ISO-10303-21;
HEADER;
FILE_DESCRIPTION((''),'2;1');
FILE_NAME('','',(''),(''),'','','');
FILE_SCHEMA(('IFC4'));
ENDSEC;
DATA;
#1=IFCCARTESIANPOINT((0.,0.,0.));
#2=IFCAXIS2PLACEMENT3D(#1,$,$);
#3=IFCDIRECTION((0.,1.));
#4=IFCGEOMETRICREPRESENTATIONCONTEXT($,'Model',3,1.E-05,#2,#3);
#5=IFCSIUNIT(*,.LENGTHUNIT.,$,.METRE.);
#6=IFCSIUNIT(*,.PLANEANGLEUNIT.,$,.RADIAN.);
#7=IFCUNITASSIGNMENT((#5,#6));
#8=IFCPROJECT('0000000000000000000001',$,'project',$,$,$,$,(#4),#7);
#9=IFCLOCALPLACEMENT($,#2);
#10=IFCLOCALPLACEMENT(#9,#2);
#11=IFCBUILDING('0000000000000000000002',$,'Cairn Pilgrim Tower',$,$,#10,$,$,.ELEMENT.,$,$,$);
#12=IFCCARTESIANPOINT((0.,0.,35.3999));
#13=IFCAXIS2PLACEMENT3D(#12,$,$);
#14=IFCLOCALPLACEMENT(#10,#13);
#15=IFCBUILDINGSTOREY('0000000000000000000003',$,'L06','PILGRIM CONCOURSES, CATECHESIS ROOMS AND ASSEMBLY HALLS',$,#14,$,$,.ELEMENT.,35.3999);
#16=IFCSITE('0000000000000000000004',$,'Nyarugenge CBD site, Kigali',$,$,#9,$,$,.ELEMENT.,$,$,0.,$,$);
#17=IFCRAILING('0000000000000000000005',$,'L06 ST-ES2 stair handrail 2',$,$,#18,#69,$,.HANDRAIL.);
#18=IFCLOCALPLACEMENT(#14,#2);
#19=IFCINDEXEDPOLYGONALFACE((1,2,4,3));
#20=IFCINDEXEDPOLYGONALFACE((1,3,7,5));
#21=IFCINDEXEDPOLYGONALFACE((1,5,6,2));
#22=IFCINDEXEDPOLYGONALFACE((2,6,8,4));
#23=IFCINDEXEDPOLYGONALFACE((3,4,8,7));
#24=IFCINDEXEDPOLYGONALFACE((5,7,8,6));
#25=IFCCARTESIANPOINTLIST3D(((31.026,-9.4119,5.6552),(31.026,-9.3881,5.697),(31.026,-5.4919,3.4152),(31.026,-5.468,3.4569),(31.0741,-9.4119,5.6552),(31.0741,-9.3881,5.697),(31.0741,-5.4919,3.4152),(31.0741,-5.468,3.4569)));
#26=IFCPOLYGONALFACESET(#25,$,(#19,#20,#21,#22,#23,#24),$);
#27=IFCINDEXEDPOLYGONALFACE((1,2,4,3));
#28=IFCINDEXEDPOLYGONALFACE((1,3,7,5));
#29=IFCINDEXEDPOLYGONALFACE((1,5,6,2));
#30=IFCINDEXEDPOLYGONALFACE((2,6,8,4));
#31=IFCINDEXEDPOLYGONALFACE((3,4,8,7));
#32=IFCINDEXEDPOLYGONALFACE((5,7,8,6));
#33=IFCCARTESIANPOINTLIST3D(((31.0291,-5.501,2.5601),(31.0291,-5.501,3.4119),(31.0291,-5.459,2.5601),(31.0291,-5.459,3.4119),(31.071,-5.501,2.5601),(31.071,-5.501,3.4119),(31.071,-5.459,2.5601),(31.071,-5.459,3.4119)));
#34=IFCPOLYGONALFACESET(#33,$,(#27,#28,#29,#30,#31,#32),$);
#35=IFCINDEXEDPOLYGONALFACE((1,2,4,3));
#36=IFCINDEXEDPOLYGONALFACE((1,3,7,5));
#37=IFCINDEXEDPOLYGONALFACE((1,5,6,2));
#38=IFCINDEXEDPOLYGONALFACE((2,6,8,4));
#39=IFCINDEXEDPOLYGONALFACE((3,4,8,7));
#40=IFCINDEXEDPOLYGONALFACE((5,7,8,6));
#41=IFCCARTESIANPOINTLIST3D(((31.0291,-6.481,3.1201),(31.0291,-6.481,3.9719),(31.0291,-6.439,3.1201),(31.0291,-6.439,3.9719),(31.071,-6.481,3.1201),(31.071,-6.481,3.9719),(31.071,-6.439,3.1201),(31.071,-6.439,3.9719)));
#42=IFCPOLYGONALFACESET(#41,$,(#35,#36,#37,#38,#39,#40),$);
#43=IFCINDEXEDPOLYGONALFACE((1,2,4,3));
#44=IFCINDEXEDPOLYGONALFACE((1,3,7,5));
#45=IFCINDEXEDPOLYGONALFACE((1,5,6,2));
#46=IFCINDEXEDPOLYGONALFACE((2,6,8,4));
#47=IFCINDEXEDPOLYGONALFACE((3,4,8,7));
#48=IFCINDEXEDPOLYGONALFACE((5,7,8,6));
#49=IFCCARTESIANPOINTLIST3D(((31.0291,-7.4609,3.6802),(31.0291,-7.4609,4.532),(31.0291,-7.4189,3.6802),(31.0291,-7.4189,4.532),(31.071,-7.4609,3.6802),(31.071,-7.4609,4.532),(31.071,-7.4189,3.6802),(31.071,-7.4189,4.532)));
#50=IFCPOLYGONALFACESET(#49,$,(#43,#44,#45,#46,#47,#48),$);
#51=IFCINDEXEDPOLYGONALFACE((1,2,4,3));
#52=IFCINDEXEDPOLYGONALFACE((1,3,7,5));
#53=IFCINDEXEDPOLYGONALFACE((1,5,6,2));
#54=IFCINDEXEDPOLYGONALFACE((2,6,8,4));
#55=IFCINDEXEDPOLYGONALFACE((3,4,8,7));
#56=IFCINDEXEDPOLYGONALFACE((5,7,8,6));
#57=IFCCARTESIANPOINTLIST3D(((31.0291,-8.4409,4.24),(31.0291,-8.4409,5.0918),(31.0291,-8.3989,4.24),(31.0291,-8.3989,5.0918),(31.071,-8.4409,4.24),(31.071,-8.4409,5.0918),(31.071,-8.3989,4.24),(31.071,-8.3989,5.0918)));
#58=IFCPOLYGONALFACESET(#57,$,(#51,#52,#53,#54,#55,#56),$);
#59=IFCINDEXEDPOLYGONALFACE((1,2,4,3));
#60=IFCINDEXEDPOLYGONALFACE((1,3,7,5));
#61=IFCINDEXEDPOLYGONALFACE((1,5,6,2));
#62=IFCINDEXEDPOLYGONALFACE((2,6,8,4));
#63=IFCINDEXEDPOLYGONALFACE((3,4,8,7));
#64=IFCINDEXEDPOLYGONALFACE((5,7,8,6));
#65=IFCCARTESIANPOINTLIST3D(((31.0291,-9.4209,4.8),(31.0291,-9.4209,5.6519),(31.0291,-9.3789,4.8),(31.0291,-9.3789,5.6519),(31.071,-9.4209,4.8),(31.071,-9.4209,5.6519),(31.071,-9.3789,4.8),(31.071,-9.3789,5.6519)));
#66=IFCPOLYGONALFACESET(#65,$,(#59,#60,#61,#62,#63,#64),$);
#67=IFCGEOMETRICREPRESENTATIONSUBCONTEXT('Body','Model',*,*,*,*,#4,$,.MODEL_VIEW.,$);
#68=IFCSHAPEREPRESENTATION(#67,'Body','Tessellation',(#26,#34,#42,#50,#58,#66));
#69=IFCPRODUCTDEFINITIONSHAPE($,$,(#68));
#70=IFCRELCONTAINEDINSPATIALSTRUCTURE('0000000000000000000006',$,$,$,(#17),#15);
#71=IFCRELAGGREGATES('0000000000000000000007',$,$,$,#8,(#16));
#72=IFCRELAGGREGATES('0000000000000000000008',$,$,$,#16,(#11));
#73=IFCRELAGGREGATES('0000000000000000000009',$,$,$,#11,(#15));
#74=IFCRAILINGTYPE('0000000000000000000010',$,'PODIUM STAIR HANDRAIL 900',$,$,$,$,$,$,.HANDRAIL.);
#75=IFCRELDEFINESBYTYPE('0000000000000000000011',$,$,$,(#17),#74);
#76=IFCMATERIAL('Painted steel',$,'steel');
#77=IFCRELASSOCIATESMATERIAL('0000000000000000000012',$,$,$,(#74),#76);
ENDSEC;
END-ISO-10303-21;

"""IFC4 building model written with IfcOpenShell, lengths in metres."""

from ifc_helpers import new_model, si_unit, direction, frame, origin, origin_2d, place, context, subcontext, project, spatial, rectangle, extrude, material, type_object, element, save


model = new_model("IFC4")

# Units and contexts
model_context = context("Model", 3, precision=1e-05, world=origin(), true_north=direction((0.0, 1.0)))
body_context = subcontext(model_context, "Body", "Model", "MODEL_VIEW")
ifc_project = project(units=[si_unit("LENGTHUNIT", "METRE"), si_unit("PLANEANGLEUNIT", "RADIAN")], contexts=[model_context])

# Site, building, storey
site_placement = place(None, origin())
site = spatial("IfcSite", under=ifc_project, at=site_placement, Name="Nyarugenge CBD site, Kigali", CompositionType="ELEMENT", RefElevation=0.0)
building_placement = place(site_placement, origin())
building = spatial("IfcBuilding", under=site, at=building_placement, Name="Cairn Pilgrim Tower", CompositionType="ELEMENT")
storey_placement = place(building_placement, frame((0.0, 0.0, 35.3999)))
storey = spatial("IfcBuildingStorey", under=building, at=storey_placement, Name="L06", Description="PILGRIM CONCOURSES, CATECHESIS ROOMS AND ASSEMBLY HALLS", CompositionType="ELEMENT", Elevation=35.3999)

# Railing
ifc_material_1 = material(Name="Painted steel", Category="steel")
railing_type_1 = type_object("IfcRailingType", Name="PODIUM STAIR HANDRAIL 900", PredefinedType="HANDRAIL", material=ifc_material_1)
railing_1_placement = place(storey_placement, frame((31.05, -5.48, 2.5601)))
element("IfcRailing", 1, at=railing_1_placement, inside=storey, type_object=railing_type_1, Name="L06 ST-ES2 stair handrail 2", PredefinedType="HANDRAIL", context=body_context, shape_type="SweptSolid", body=[
    extrude(rectangle(XDim=0.0481, YDim=0.0481, at=origin_2d()), frame((0.0, 0.0, 0.876), z_axis=(0.0, -0.86824, 0.496145), x_axis=(1.0, 0.0, 0.0)), (0.0, 0.0, 1.0), 4.5149),
    extrude(rectangle(XDim=0.042, YDim=0.042, at=origin_2d()), origin(), (0.0, 0.0, 1.0), 0.8518),
    extrude(rectangle(XDim=0.042, YDim=0.042, at=origin_2d()), frame((0.0, -0.98, 0.5601)), (0.0, 0.0, 1.0), 0.8518),
    extrude(rectangle(XDim=0.042, YDim=0.042, at=origin_2d()), frame((0.0, -1.96, 1.1201)), (0.0, 0.0, 1.0), 0.8518),
    extrude(rectangle(XDim=0.042, YDim=0.042, at=origin_2d()), frame((0.0, -2.9399, 1.6799)), (0.0, 0.0, 1.0), 0.8518),
    extrude(rectangle(XDim=0.042, YDim=0.042, at=origin_2d()), frame((0.0, -3.9199, 2.24)), (0.0, 0.0, 1.0), 0.8518),
])

save(model, "model.ifc")
